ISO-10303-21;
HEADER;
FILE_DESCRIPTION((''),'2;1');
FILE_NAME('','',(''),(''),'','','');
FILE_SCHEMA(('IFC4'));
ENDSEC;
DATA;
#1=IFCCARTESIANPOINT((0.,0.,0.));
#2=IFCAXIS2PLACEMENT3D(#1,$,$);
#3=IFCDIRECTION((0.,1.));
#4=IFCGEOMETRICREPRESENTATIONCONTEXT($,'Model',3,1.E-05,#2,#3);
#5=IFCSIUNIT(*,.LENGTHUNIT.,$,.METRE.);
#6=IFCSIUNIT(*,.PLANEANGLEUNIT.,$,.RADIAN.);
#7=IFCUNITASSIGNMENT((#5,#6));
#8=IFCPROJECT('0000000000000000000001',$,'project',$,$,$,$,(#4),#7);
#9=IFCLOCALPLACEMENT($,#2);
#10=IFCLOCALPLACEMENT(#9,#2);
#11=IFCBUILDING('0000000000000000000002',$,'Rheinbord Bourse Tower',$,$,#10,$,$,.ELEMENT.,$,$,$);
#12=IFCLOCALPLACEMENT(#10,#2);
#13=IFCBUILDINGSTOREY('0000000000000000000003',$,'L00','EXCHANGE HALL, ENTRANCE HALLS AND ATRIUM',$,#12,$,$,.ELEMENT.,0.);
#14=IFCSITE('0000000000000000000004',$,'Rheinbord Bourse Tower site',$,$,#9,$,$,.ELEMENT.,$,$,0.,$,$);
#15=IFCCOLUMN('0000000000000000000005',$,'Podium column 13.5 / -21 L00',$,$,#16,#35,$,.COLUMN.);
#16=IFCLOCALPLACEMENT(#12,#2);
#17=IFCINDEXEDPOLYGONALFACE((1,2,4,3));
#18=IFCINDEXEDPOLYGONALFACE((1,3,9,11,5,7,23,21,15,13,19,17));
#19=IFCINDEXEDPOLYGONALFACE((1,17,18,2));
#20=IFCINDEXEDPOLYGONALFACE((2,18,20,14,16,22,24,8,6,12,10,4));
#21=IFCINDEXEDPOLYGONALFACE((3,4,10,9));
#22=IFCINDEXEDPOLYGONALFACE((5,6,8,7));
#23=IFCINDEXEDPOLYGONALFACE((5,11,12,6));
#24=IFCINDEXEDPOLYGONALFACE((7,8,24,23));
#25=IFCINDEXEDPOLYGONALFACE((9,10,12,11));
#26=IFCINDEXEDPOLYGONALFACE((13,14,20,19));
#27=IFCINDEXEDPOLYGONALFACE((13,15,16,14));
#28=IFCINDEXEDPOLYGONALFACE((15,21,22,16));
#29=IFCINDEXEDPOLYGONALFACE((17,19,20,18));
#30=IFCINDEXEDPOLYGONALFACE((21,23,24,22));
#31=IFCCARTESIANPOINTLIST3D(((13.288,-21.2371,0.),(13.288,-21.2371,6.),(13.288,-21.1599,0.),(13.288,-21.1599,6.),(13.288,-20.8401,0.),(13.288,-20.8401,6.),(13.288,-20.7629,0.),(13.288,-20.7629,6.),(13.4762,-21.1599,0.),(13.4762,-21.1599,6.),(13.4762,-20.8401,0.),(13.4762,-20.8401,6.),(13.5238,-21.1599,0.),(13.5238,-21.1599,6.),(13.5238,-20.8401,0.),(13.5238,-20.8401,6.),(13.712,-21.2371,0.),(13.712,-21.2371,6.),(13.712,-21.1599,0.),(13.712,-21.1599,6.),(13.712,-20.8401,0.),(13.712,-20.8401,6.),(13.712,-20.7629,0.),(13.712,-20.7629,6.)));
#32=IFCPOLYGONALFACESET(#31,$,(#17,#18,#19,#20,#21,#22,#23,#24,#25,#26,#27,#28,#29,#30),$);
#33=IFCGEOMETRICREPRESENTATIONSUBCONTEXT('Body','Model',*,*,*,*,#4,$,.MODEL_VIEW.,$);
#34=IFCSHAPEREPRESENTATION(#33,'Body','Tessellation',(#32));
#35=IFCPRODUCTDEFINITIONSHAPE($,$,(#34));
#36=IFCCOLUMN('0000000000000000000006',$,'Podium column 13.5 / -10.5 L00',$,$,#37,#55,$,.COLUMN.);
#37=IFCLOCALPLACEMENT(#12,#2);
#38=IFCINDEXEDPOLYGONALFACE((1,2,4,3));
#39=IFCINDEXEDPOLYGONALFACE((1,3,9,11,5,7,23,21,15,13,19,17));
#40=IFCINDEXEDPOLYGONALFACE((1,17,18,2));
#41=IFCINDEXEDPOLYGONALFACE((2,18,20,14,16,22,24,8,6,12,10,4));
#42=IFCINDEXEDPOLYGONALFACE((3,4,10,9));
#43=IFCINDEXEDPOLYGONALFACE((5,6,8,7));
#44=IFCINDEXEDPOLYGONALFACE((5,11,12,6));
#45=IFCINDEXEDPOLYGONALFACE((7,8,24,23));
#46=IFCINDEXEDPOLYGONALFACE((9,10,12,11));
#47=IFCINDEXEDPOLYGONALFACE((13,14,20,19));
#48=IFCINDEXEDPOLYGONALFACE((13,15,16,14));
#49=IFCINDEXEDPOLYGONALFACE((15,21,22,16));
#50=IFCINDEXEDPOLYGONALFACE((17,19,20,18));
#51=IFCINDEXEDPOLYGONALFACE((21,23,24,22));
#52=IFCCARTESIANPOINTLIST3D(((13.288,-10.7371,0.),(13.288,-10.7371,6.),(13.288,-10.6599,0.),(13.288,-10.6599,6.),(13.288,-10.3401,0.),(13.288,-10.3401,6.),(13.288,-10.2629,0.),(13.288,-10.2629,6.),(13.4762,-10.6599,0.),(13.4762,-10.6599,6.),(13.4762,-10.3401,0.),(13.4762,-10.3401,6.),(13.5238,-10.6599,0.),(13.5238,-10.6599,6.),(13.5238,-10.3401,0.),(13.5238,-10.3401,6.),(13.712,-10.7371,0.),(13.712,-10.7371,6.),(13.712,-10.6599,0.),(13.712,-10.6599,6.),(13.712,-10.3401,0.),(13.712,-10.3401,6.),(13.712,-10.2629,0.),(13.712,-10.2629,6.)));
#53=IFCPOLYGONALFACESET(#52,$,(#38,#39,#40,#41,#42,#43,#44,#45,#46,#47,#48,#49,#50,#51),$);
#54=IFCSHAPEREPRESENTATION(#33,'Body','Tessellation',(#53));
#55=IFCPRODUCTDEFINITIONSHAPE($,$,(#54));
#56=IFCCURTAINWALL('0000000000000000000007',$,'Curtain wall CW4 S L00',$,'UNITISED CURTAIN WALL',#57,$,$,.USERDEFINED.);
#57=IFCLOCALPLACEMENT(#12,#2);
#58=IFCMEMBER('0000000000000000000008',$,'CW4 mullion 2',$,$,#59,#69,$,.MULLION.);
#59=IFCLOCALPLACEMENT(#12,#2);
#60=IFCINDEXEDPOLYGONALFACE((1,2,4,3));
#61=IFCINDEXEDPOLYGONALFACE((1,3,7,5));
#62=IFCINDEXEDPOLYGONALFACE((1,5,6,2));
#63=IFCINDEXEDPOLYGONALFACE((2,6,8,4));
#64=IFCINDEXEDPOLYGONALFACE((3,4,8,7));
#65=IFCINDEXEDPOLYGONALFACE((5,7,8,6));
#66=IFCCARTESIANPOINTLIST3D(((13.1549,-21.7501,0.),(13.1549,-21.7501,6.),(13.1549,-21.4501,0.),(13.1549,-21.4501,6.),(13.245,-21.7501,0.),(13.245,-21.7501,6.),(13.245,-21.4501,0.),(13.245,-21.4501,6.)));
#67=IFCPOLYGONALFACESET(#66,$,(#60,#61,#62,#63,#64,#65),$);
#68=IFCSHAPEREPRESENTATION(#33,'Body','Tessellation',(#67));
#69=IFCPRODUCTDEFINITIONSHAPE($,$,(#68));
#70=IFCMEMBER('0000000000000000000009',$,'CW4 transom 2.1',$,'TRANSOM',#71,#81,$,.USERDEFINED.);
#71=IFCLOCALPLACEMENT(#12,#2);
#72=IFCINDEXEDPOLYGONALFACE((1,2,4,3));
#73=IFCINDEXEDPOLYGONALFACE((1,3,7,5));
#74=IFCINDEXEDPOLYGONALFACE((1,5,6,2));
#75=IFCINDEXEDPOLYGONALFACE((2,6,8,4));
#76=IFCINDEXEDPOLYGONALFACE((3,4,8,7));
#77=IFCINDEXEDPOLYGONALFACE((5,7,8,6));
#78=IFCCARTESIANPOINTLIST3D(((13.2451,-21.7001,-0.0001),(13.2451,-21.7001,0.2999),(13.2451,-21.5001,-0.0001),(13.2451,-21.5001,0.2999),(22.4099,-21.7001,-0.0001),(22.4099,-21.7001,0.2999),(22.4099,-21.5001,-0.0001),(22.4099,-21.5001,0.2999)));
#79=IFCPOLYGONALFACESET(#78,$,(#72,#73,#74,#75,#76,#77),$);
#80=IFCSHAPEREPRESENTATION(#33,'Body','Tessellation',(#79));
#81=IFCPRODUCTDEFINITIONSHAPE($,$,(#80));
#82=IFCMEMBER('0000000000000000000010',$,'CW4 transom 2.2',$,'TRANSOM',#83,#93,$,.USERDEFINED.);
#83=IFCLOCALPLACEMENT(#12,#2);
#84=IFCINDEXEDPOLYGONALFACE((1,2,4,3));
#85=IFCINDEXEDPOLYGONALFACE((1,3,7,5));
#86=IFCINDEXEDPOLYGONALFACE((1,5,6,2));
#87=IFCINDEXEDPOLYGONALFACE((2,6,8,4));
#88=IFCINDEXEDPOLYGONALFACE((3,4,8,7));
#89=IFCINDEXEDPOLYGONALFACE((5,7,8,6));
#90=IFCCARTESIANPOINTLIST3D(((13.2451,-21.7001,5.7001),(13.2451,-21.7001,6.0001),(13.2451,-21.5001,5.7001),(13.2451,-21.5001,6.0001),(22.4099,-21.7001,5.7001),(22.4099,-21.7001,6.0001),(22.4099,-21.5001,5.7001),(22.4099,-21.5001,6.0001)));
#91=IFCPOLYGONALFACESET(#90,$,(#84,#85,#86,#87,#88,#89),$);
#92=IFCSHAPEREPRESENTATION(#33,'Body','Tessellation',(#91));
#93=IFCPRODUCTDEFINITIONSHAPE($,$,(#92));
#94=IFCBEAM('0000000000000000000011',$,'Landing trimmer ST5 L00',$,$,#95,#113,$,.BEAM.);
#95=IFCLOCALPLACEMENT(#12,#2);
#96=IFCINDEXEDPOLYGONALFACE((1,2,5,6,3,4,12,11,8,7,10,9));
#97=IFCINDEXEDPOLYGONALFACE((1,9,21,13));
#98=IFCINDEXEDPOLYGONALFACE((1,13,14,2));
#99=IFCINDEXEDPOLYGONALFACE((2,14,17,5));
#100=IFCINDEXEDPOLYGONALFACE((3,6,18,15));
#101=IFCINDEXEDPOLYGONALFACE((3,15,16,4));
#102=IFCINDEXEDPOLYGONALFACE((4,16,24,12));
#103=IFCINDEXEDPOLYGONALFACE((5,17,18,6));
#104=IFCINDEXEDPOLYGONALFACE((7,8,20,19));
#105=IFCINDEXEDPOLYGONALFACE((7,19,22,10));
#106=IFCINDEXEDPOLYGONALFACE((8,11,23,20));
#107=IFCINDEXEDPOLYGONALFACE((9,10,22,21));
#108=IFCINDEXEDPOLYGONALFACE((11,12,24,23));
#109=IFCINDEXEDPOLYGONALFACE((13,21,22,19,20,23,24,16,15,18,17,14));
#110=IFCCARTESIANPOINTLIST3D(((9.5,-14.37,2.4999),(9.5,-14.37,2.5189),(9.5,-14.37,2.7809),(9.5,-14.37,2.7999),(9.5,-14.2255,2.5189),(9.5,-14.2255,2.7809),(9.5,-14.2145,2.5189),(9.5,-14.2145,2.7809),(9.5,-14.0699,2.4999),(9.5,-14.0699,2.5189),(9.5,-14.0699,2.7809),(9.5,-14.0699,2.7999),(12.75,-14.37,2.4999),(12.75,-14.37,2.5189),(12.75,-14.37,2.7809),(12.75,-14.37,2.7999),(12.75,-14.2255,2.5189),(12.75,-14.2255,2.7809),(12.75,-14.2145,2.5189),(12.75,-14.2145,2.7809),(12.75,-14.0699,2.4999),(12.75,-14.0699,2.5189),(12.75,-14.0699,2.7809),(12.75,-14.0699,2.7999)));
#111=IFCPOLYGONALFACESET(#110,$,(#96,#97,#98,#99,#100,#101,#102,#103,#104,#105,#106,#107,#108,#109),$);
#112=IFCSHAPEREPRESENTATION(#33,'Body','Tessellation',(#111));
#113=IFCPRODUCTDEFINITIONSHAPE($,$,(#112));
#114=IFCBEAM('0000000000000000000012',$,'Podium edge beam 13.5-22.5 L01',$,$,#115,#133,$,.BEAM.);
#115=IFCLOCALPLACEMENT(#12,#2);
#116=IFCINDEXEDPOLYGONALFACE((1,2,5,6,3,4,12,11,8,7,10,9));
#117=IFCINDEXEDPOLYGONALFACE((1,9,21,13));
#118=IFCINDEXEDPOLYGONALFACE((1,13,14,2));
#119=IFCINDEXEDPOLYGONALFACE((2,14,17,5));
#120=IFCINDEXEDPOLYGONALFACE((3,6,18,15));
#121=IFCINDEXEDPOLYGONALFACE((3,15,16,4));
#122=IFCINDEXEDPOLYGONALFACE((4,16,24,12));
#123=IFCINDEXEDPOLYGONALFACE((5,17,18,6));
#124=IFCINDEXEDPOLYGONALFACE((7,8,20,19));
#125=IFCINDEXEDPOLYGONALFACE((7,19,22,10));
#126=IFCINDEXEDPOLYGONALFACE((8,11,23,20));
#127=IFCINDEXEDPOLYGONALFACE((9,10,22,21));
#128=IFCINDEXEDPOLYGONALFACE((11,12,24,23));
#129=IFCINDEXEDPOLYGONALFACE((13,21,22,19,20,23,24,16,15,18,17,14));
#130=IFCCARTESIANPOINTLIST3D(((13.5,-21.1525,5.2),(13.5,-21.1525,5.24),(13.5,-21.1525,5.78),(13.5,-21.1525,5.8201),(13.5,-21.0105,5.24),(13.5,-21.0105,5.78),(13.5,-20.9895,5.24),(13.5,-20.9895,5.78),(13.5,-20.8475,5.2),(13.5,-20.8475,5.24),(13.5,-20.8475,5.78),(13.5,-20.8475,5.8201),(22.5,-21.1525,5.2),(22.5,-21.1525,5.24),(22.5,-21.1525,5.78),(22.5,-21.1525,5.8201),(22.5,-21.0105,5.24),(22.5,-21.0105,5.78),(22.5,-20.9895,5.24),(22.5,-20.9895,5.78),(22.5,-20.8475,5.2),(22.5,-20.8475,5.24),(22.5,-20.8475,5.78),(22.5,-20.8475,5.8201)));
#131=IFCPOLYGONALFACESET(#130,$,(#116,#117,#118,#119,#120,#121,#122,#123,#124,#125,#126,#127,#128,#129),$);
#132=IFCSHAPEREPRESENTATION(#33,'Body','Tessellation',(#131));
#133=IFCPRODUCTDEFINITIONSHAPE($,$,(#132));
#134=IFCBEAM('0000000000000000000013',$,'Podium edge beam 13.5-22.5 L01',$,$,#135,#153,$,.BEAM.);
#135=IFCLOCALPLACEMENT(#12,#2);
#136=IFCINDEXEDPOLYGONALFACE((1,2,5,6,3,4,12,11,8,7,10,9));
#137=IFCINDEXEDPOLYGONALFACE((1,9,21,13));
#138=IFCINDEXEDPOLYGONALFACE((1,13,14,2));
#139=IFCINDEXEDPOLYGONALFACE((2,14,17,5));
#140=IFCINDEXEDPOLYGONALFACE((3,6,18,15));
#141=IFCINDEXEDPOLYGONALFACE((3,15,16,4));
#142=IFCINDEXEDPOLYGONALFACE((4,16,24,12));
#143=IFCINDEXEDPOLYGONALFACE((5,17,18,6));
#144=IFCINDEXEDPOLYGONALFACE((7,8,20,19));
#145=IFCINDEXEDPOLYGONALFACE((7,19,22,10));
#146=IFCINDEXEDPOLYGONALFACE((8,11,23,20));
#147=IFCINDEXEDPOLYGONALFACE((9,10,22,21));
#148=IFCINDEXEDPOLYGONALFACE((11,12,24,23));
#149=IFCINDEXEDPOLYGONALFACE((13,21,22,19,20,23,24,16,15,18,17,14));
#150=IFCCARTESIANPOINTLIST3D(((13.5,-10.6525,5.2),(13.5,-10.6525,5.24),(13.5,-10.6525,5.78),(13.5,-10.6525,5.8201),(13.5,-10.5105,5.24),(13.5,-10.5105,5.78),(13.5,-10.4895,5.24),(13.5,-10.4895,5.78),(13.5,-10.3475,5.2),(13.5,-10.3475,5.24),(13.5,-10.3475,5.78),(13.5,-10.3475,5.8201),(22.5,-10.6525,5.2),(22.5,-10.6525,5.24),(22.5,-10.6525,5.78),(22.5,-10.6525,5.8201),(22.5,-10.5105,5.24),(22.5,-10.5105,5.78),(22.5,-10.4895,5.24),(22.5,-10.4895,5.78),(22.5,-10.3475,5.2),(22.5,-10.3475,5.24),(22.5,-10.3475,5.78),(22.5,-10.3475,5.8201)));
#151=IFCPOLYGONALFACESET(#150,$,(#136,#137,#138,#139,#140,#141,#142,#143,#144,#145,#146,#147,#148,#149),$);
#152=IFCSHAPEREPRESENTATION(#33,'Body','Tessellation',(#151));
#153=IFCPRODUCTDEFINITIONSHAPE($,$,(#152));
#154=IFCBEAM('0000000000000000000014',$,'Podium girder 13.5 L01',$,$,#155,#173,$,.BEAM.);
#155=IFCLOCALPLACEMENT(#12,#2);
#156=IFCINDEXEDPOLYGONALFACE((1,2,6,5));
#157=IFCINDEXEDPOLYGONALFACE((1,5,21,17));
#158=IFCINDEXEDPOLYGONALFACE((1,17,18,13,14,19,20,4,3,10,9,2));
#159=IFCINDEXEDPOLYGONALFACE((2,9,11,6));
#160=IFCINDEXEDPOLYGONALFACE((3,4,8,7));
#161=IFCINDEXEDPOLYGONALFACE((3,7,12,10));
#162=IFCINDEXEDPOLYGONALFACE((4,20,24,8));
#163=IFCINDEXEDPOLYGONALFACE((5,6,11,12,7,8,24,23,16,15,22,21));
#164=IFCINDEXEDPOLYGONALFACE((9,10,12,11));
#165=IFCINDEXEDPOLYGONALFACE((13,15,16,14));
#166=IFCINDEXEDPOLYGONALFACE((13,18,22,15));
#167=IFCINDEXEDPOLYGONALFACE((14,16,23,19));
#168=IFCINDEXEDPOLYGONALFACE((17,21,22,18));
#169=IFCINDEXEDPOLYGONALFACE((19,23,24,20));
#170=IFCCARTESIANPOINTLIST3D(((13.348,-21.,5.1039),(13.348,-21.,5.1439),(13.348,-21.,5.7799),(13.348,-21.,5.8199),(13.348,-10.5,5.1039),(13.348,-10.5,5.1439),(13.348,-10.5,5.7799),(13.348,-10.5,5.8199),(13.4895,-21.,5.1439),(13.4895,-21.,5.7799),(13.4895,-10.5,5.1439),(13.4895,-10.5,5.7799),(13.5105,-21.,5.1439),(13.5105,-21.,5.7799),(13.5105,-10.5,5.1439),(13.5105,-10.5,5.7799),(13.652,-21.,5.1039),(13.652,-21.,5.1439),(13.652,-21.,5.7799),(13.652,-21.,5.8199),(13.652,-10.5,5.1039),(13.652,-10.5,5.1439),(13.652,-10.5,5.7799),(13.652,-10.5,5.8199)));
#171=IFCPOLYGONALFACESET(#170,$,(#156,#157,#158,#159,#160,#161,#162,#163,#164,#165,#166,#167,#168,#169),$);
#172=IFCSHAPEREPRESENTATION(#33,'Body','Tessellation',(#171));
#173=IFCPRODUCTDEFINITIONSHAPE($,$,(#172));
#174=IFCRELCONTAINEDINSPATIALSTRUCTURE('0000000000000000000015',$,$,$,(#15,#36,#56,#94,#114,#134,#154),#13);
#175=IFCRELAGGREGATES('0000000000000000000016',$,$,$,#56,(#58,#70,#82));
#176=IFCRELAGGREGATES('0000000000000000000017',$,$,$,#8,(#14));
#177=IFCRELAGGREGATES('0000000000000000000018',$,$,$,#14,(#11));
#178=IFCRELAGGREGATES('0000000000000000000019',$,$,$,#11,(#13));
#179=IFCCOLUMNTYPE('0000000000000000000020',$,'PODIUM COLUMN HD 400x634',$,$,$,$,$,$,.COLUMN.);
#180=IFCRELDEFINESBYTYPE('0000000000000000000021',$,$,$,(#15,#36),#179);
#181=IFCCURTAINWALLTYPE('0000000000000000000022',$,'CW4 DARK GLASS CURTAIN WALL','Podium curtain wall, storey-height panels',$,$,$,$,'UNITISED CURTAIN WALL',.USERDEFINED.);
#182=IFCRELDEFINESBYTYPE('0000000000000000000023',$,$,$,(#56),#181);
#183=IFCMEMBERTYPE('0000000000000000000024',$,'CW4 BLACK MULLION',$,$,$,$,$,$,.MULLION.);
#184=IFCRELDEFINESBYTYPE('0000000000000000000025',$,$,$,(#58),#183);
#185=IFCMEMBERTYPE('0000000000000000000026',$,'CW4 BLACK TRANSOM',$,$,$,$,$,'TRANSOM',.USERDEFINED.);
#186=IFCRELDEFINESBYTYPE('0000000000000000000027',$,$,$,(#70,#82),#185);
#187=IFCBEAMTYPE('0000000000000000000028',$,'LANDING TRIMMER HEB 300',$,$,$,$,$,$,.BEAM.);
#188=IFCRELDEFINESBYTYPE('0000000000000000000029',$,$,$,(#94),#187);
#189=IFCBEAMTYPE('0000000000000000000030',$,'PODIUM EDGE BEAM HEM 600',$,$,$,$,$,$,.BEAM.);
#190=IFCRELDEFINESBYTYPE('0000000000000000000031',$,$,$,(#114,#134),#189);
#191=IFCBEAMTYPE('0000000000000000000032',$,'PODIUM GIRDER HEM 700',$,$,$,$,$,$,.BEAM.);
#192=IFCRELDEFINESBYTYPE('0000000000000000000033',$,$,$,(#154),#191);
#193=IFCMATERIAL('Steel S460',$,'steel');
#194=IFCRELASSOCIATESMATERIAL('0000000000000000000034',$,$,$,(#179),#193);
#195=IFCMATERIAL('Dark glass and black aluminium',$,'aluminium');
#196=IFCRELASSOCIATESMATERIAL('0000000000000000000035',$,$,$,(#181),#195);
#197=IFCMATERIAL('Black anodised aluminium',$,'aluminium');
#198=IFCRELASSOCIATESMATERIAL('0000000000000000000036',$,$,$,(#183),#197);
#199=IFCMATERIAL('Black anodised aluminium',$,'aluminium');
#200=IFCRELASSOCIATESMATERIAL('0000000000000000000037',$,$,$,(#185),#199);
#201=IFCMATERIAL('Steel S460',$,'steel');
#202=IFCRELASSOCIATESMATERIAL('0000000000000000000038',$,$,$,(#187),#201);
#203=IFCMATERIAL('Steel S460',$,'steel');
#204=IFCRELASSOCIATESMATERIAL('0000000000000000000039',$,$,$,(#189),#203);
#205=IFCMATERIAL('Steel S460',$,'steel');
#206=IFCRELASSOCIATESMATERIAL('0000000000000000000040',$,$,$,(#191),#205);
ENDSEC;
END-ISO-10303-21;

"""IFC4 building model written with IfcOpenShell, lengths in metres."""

from ifc_helpers import new_model, si_unit, direction, frame, origin, origin_2d, place, context, subcontext, project, spatial, rectangle, i_section, extrude, material, material_profile, profile_set, type_object, element, aggregate, save


model = new_model("IFC4")

# Units and contexts
model_context = context("Model", 3, precision=1e-05, world=origin(), true_north=direction((0.0, 1.0)))
body_context = subcontext(model_context, "Body", "Model", "MODEL_VIEW")
ifc_project = project(units=[si_unit("LENGTHUNIT", "METRE"), si_unit("PLANEANGLEUNIT", "RADIAN")], contexts=[model_context])

# Site, building, storey
site_placement = place(None, origin())
site = spatial("IfcSite", under=ifc_project, at=site_placement, Name="Rheinbord Bourse Tower site", CompositionType="ELEMENT", RefElevation=0.0)
building_placement = place(site_placement, origin())
building = spatial("IfcBuilding", under=site, at=building_placement, Name="Rheinbord Bourse Tower", CompositionType="ELEMENT")
storey_placement = place(building_placement, origin())
storey = spatial("IfcBuildingStorey", under=building, at=storey_placement, Name="L00", Description="EXCHANGE HALL, ENTRANCE HALLS AND ATRIUM", CompositionType="ELEMENT", Elevation=0.0)

# Columns
ifc_material_1 = material(Name="Steel S460", Category="steel")
ifc_material_profile_1 = material_profile(ifc_material_1, i_section(OverallWidth=0.4241, OverallDepth=0.4741, WebThickness=0.0476, FlangeThickness=0.0771, at=origin_2d()), Name="HD 400x634")
ifc_profile_set_1 = profile_set([ifc_material_profile_1], Name="Steel S460")
column_type = type_object("IfcColumnType", Name="PODIUM COLUMN HD 400x634", PredefinedType="COLUMN", material=ifc_profile_set_1)
for number, where, z_axis, x_axis, name in (
    (1, (13.5, -21.0, 0.0), (0.0, 0.0, 1.0), (1.0, 0.0, 0.0), "Podium column 13.5 / -21 L00"),
    (2, (13.5, -10.5, 0.0), (0.0, 0.0, 1.0), (1.0, 0.0, 0.0), "Podium column 13.5 / -10.5 L00"),
):
    element("IfcColumn", number, at=place(storey_placement, frame(where, z_axis=z_axis, x_axis=x_axis)), inside=storey, type_object=column_type, Name=name, PredefinedType="COLUMN", context=body_context, shape_type="SweptSolid", body=[
        extrude(i_section(OverallWidth=0.4241, OverallDepth=0.4741, WebThickness=0.0476, FlangeThickness=0.0771, at=origin_2d()), origin(), (0.0, 0.0, 1.0), 6.0),
    ])

# Curtain wall, members
ifc_material_2 = material(Name="Dark glass and black aluminium", Category="aluminium")
curtain_wall_type = type_object("IfcCurtainWallType", Name="CW4 DARK GLASS CURTAIN WALL", Description="Podium curtain wall, storey-height panels", ElementType="UNITISED CURTAIN WALL", PredefinedType="USERDEFINED", material=ifc_material_2)
curtain_wall_placement = place(storey_placement, origin())
curtain_wall = element("IfcCurtainWall", 3, at=curtain_wall_placement, inside=storey, type_object=curtain_wall_type, Name="Curtain wall CW4 S L00", ObjectType="UNITISED CURTAIN WALL", PredefinedType="USERDEFINED")
ifc_material_3 = material(Name="Black anodised aluminium", Category="aluminium")
ifc_material_profile_2 = material_profile(ifc_material_3, rectangle(XDim=0.3, YDim=0.0901, at=origin_2d()), Name="CW4 MULLION 90x300")
ifc_profile_set_2 = profile_set([ifc_material_profile_2], Name="Black anodised aluminium")
member_type_1 = type_object("IfcMemberType", Name="CW4 BLACK MULLION", PredefinedType="MULLION", material=ifc_profile_set_2)
member_1_placement = place(storey_placement, frame((13.2, -21.6001, 0.0), z_axis=(0.0, 0.0, 1.0), x_axis=(0.0, 1.0, 0.0)))
member_1 = element("IfcMember", 4, at=member_1_placement, type_object=member_type_1, Name="CW4 mullion 2", PredefinedType="MULLION", context=body_context, shape_type="SweptSolid", body=[
    extrude(rectangle(XDim=0.3, YDim=0.0901, at=origin_2d()), origin(), (0.0, 0.0, 1.0), 6.0),
])
ifc_material_4 = material(Name="Black anodised aluminium", Category="aluminium")
ifc_material_profile_3 = material_profile(ifc_material_4, rectangle(XDim=0.2, YDim=0.3, at=origin_2d()), Name="CW4 TRANSOM 300x200")
ifc_profile_set_3 = profile_set([ifc_material_profile_3], Name="Black anodised aluminium")
member_type_2 = type_object("IfcMemberType", Name="CW4 BLACK TRANSOM", ElementType="TRANSOM", PredefinedType="USERDEFINED", material=ifc_profile_set_3)
member_2_placement = place(storey_placement, frame((13.2451, -21.6001, 0.1499), z_axis=(1.0, 0.0, 0.0), x_axis=(0.0, 1.0, 0.0)))
member_2 = element("IfcMember", 5, at=member_2_placement, type_object=member_type_2, Name="CW4 transom 2.1", ObjectType="TRANSOM", PredefinedType="USERDEFINED", context=body_context, shape_type="SweptSolid", body=[
    extrude(rectangle(XDim=0.2, YDim=0.3, at=origin_2d()), origin(), (0.0, 0.0, 1.0), 9.1648),
])
member_3_placement = place(storey_placement, frame((13.2451, -21.6001, 5.8501), z_axis=(1.0, 0.0, 0.0), x_axis=(0.0, 1.0, 0.0)))
member_3 = element("IfcMember", 6, at=member_3_placement, type_object=member_type_2, Name="CW4 transom 2.2", ObjectType="TRANSOM", PredefinedType="USERDEFINED", context=body_context, shape_type="SweptSolid", body=[
    extrude(rectangle(XDim=0.2, YDim=0.3, at=origin_2d()), origin(), (0.0, 0.0, 1.0), 9.1648),
])

# Beams
ifc_material_5 = material(Name="Steel S460", Category="steel")
ifc_material_profile_4 = material_profile(ifc_material_5, i_section(OverallWidth=0.3, OverallDepth=0.3, WebThickness=0.011, FlangeThickness=0.019, at=origin_2d()), Name="HEB 300")
ifc_profile_set_4 = profile_set([ifc_material_profile_4], Name="Steel S460")
beam_type_1 = type_object("IfcBeamType", Name="LANDING TRIMMER HEB 300", PredefinedType="BEAM", material=ifc_profile_set_4)
beam_placement = place(storey_placement, frame((9.5, -14.22, 2.6499), z_axis=(1.0, 0.0, 0.0), x_axis=(0.0, 1.0, 0.0)))
element("IfcBeam", 7, at=beam_placement, inside=storey, type_object=beam_type_1, Name="Landing trimmer ST5 L00", PredefinedType="BEAM", context=body_context, shape_type="SweptSolid", body=[
    extrude(i_section(OverallWidth=0.3, OverallDepth=0.3, WebThickness=0.011, FlangeThickness=0.019, at=origin_2d()), origin(), (0.0, 0.0, 1.0), 3.25),
])
ifc_material_6 = material(Name="Steel S460", Category="steel")
ifc_material_profile_5 = material_profile(ifc_material_6, i_section(OverallWidth=0.3049, OverallDepth=0.6201, WebThickness=0.021, FlangeThickness=0.04, at=origin_2d()), Name="HEM 600")
ifc_profile_set_5 = profile_set([ifc_material_profile_5], Name="Steel S460")
beam_type_2 = type_object("IfcBeamType", Name="PODIUM EDGE BEAM HEM 600", PredefinedType="BEAM", material=ifc_profile_set_5)
for number, where, z_axis, x_axis, name in (
    (8, (13.5, -21.0, 5.51), (1.0, 0.0, 0.0), (0.0, 1.0, 0.0), "Podium edge beam 13.5-22.5 L01"),
    (9, (13.5, -10.5, 5.51), (1.0, 0.0, 0.0), (0.0, 1.0, 0.0), "Podium edge beam 13.5-22.5 L01"),
):
    element("IfcBeam", number, at=place(storey_placement, frame(where, z_axis=z_axis, x_axis=x_axis)), inside=storey, type_object=beam_type_2, Name=name, PredefinedType="BEAM", context=body_context, shape_type="SweptSolid", body=[
        extrude(i_section(OverallWidth=0.3049, OverallDepth=0.6201, WebThickness=0.021, FlangeThickness=0.04, at=origin_2d()), origin(), (0.0, 0.0, 1.0), 9.0),
    ])
ifc_material_7 = material(Name="Steel S460", Category="steel")
ifc_material_profile_6 = material_profile(ifc_material_7, i_section(OverallWidth=0.304, OverallDepth=0.7161, WebThickness=0.021, FlangeThickness=0.04, at=origin_2d()), Name="HEM 700")
ifc_profile_set_6 = profile_set([ifc_material_profile_6], Name="Steel S460")
beam_type_3 = type_object("IfcBeamType", Name="PODIUM GIRDER HEM 700", PredefinedType="BEAM", material=ifc_profile_set_6)
for number, where, z_axis, x_axis, name in (
    (10, (13.5, -21.0, 5.4619), (0.0, 1.0, 0.0), (-1.0, 0.0, 0.0), "Podium girder 13.5 L01"),
):
    element("IfcBeam", number, at=place(storey_placement, frame(where, z_axis=z_axis, x_axis=x_axis)), inside=storey, type_object=beam_type_3, Name=name, PredefinedType="BEAM", context=body_context, shape_type="SweptSolid", body=[
        extrude(i_section(OverallWidth=0.304, OverallDepth=0.7161, WebThickness=0.021, FlangeThickness=0.04, at=origin_2d()), origin(), (0.0, 0.0, 1.0), 10.5),
    ])

aggregate(curtain_wall, [member_1, member_2, member_3])

save(model, "model.ifc")
